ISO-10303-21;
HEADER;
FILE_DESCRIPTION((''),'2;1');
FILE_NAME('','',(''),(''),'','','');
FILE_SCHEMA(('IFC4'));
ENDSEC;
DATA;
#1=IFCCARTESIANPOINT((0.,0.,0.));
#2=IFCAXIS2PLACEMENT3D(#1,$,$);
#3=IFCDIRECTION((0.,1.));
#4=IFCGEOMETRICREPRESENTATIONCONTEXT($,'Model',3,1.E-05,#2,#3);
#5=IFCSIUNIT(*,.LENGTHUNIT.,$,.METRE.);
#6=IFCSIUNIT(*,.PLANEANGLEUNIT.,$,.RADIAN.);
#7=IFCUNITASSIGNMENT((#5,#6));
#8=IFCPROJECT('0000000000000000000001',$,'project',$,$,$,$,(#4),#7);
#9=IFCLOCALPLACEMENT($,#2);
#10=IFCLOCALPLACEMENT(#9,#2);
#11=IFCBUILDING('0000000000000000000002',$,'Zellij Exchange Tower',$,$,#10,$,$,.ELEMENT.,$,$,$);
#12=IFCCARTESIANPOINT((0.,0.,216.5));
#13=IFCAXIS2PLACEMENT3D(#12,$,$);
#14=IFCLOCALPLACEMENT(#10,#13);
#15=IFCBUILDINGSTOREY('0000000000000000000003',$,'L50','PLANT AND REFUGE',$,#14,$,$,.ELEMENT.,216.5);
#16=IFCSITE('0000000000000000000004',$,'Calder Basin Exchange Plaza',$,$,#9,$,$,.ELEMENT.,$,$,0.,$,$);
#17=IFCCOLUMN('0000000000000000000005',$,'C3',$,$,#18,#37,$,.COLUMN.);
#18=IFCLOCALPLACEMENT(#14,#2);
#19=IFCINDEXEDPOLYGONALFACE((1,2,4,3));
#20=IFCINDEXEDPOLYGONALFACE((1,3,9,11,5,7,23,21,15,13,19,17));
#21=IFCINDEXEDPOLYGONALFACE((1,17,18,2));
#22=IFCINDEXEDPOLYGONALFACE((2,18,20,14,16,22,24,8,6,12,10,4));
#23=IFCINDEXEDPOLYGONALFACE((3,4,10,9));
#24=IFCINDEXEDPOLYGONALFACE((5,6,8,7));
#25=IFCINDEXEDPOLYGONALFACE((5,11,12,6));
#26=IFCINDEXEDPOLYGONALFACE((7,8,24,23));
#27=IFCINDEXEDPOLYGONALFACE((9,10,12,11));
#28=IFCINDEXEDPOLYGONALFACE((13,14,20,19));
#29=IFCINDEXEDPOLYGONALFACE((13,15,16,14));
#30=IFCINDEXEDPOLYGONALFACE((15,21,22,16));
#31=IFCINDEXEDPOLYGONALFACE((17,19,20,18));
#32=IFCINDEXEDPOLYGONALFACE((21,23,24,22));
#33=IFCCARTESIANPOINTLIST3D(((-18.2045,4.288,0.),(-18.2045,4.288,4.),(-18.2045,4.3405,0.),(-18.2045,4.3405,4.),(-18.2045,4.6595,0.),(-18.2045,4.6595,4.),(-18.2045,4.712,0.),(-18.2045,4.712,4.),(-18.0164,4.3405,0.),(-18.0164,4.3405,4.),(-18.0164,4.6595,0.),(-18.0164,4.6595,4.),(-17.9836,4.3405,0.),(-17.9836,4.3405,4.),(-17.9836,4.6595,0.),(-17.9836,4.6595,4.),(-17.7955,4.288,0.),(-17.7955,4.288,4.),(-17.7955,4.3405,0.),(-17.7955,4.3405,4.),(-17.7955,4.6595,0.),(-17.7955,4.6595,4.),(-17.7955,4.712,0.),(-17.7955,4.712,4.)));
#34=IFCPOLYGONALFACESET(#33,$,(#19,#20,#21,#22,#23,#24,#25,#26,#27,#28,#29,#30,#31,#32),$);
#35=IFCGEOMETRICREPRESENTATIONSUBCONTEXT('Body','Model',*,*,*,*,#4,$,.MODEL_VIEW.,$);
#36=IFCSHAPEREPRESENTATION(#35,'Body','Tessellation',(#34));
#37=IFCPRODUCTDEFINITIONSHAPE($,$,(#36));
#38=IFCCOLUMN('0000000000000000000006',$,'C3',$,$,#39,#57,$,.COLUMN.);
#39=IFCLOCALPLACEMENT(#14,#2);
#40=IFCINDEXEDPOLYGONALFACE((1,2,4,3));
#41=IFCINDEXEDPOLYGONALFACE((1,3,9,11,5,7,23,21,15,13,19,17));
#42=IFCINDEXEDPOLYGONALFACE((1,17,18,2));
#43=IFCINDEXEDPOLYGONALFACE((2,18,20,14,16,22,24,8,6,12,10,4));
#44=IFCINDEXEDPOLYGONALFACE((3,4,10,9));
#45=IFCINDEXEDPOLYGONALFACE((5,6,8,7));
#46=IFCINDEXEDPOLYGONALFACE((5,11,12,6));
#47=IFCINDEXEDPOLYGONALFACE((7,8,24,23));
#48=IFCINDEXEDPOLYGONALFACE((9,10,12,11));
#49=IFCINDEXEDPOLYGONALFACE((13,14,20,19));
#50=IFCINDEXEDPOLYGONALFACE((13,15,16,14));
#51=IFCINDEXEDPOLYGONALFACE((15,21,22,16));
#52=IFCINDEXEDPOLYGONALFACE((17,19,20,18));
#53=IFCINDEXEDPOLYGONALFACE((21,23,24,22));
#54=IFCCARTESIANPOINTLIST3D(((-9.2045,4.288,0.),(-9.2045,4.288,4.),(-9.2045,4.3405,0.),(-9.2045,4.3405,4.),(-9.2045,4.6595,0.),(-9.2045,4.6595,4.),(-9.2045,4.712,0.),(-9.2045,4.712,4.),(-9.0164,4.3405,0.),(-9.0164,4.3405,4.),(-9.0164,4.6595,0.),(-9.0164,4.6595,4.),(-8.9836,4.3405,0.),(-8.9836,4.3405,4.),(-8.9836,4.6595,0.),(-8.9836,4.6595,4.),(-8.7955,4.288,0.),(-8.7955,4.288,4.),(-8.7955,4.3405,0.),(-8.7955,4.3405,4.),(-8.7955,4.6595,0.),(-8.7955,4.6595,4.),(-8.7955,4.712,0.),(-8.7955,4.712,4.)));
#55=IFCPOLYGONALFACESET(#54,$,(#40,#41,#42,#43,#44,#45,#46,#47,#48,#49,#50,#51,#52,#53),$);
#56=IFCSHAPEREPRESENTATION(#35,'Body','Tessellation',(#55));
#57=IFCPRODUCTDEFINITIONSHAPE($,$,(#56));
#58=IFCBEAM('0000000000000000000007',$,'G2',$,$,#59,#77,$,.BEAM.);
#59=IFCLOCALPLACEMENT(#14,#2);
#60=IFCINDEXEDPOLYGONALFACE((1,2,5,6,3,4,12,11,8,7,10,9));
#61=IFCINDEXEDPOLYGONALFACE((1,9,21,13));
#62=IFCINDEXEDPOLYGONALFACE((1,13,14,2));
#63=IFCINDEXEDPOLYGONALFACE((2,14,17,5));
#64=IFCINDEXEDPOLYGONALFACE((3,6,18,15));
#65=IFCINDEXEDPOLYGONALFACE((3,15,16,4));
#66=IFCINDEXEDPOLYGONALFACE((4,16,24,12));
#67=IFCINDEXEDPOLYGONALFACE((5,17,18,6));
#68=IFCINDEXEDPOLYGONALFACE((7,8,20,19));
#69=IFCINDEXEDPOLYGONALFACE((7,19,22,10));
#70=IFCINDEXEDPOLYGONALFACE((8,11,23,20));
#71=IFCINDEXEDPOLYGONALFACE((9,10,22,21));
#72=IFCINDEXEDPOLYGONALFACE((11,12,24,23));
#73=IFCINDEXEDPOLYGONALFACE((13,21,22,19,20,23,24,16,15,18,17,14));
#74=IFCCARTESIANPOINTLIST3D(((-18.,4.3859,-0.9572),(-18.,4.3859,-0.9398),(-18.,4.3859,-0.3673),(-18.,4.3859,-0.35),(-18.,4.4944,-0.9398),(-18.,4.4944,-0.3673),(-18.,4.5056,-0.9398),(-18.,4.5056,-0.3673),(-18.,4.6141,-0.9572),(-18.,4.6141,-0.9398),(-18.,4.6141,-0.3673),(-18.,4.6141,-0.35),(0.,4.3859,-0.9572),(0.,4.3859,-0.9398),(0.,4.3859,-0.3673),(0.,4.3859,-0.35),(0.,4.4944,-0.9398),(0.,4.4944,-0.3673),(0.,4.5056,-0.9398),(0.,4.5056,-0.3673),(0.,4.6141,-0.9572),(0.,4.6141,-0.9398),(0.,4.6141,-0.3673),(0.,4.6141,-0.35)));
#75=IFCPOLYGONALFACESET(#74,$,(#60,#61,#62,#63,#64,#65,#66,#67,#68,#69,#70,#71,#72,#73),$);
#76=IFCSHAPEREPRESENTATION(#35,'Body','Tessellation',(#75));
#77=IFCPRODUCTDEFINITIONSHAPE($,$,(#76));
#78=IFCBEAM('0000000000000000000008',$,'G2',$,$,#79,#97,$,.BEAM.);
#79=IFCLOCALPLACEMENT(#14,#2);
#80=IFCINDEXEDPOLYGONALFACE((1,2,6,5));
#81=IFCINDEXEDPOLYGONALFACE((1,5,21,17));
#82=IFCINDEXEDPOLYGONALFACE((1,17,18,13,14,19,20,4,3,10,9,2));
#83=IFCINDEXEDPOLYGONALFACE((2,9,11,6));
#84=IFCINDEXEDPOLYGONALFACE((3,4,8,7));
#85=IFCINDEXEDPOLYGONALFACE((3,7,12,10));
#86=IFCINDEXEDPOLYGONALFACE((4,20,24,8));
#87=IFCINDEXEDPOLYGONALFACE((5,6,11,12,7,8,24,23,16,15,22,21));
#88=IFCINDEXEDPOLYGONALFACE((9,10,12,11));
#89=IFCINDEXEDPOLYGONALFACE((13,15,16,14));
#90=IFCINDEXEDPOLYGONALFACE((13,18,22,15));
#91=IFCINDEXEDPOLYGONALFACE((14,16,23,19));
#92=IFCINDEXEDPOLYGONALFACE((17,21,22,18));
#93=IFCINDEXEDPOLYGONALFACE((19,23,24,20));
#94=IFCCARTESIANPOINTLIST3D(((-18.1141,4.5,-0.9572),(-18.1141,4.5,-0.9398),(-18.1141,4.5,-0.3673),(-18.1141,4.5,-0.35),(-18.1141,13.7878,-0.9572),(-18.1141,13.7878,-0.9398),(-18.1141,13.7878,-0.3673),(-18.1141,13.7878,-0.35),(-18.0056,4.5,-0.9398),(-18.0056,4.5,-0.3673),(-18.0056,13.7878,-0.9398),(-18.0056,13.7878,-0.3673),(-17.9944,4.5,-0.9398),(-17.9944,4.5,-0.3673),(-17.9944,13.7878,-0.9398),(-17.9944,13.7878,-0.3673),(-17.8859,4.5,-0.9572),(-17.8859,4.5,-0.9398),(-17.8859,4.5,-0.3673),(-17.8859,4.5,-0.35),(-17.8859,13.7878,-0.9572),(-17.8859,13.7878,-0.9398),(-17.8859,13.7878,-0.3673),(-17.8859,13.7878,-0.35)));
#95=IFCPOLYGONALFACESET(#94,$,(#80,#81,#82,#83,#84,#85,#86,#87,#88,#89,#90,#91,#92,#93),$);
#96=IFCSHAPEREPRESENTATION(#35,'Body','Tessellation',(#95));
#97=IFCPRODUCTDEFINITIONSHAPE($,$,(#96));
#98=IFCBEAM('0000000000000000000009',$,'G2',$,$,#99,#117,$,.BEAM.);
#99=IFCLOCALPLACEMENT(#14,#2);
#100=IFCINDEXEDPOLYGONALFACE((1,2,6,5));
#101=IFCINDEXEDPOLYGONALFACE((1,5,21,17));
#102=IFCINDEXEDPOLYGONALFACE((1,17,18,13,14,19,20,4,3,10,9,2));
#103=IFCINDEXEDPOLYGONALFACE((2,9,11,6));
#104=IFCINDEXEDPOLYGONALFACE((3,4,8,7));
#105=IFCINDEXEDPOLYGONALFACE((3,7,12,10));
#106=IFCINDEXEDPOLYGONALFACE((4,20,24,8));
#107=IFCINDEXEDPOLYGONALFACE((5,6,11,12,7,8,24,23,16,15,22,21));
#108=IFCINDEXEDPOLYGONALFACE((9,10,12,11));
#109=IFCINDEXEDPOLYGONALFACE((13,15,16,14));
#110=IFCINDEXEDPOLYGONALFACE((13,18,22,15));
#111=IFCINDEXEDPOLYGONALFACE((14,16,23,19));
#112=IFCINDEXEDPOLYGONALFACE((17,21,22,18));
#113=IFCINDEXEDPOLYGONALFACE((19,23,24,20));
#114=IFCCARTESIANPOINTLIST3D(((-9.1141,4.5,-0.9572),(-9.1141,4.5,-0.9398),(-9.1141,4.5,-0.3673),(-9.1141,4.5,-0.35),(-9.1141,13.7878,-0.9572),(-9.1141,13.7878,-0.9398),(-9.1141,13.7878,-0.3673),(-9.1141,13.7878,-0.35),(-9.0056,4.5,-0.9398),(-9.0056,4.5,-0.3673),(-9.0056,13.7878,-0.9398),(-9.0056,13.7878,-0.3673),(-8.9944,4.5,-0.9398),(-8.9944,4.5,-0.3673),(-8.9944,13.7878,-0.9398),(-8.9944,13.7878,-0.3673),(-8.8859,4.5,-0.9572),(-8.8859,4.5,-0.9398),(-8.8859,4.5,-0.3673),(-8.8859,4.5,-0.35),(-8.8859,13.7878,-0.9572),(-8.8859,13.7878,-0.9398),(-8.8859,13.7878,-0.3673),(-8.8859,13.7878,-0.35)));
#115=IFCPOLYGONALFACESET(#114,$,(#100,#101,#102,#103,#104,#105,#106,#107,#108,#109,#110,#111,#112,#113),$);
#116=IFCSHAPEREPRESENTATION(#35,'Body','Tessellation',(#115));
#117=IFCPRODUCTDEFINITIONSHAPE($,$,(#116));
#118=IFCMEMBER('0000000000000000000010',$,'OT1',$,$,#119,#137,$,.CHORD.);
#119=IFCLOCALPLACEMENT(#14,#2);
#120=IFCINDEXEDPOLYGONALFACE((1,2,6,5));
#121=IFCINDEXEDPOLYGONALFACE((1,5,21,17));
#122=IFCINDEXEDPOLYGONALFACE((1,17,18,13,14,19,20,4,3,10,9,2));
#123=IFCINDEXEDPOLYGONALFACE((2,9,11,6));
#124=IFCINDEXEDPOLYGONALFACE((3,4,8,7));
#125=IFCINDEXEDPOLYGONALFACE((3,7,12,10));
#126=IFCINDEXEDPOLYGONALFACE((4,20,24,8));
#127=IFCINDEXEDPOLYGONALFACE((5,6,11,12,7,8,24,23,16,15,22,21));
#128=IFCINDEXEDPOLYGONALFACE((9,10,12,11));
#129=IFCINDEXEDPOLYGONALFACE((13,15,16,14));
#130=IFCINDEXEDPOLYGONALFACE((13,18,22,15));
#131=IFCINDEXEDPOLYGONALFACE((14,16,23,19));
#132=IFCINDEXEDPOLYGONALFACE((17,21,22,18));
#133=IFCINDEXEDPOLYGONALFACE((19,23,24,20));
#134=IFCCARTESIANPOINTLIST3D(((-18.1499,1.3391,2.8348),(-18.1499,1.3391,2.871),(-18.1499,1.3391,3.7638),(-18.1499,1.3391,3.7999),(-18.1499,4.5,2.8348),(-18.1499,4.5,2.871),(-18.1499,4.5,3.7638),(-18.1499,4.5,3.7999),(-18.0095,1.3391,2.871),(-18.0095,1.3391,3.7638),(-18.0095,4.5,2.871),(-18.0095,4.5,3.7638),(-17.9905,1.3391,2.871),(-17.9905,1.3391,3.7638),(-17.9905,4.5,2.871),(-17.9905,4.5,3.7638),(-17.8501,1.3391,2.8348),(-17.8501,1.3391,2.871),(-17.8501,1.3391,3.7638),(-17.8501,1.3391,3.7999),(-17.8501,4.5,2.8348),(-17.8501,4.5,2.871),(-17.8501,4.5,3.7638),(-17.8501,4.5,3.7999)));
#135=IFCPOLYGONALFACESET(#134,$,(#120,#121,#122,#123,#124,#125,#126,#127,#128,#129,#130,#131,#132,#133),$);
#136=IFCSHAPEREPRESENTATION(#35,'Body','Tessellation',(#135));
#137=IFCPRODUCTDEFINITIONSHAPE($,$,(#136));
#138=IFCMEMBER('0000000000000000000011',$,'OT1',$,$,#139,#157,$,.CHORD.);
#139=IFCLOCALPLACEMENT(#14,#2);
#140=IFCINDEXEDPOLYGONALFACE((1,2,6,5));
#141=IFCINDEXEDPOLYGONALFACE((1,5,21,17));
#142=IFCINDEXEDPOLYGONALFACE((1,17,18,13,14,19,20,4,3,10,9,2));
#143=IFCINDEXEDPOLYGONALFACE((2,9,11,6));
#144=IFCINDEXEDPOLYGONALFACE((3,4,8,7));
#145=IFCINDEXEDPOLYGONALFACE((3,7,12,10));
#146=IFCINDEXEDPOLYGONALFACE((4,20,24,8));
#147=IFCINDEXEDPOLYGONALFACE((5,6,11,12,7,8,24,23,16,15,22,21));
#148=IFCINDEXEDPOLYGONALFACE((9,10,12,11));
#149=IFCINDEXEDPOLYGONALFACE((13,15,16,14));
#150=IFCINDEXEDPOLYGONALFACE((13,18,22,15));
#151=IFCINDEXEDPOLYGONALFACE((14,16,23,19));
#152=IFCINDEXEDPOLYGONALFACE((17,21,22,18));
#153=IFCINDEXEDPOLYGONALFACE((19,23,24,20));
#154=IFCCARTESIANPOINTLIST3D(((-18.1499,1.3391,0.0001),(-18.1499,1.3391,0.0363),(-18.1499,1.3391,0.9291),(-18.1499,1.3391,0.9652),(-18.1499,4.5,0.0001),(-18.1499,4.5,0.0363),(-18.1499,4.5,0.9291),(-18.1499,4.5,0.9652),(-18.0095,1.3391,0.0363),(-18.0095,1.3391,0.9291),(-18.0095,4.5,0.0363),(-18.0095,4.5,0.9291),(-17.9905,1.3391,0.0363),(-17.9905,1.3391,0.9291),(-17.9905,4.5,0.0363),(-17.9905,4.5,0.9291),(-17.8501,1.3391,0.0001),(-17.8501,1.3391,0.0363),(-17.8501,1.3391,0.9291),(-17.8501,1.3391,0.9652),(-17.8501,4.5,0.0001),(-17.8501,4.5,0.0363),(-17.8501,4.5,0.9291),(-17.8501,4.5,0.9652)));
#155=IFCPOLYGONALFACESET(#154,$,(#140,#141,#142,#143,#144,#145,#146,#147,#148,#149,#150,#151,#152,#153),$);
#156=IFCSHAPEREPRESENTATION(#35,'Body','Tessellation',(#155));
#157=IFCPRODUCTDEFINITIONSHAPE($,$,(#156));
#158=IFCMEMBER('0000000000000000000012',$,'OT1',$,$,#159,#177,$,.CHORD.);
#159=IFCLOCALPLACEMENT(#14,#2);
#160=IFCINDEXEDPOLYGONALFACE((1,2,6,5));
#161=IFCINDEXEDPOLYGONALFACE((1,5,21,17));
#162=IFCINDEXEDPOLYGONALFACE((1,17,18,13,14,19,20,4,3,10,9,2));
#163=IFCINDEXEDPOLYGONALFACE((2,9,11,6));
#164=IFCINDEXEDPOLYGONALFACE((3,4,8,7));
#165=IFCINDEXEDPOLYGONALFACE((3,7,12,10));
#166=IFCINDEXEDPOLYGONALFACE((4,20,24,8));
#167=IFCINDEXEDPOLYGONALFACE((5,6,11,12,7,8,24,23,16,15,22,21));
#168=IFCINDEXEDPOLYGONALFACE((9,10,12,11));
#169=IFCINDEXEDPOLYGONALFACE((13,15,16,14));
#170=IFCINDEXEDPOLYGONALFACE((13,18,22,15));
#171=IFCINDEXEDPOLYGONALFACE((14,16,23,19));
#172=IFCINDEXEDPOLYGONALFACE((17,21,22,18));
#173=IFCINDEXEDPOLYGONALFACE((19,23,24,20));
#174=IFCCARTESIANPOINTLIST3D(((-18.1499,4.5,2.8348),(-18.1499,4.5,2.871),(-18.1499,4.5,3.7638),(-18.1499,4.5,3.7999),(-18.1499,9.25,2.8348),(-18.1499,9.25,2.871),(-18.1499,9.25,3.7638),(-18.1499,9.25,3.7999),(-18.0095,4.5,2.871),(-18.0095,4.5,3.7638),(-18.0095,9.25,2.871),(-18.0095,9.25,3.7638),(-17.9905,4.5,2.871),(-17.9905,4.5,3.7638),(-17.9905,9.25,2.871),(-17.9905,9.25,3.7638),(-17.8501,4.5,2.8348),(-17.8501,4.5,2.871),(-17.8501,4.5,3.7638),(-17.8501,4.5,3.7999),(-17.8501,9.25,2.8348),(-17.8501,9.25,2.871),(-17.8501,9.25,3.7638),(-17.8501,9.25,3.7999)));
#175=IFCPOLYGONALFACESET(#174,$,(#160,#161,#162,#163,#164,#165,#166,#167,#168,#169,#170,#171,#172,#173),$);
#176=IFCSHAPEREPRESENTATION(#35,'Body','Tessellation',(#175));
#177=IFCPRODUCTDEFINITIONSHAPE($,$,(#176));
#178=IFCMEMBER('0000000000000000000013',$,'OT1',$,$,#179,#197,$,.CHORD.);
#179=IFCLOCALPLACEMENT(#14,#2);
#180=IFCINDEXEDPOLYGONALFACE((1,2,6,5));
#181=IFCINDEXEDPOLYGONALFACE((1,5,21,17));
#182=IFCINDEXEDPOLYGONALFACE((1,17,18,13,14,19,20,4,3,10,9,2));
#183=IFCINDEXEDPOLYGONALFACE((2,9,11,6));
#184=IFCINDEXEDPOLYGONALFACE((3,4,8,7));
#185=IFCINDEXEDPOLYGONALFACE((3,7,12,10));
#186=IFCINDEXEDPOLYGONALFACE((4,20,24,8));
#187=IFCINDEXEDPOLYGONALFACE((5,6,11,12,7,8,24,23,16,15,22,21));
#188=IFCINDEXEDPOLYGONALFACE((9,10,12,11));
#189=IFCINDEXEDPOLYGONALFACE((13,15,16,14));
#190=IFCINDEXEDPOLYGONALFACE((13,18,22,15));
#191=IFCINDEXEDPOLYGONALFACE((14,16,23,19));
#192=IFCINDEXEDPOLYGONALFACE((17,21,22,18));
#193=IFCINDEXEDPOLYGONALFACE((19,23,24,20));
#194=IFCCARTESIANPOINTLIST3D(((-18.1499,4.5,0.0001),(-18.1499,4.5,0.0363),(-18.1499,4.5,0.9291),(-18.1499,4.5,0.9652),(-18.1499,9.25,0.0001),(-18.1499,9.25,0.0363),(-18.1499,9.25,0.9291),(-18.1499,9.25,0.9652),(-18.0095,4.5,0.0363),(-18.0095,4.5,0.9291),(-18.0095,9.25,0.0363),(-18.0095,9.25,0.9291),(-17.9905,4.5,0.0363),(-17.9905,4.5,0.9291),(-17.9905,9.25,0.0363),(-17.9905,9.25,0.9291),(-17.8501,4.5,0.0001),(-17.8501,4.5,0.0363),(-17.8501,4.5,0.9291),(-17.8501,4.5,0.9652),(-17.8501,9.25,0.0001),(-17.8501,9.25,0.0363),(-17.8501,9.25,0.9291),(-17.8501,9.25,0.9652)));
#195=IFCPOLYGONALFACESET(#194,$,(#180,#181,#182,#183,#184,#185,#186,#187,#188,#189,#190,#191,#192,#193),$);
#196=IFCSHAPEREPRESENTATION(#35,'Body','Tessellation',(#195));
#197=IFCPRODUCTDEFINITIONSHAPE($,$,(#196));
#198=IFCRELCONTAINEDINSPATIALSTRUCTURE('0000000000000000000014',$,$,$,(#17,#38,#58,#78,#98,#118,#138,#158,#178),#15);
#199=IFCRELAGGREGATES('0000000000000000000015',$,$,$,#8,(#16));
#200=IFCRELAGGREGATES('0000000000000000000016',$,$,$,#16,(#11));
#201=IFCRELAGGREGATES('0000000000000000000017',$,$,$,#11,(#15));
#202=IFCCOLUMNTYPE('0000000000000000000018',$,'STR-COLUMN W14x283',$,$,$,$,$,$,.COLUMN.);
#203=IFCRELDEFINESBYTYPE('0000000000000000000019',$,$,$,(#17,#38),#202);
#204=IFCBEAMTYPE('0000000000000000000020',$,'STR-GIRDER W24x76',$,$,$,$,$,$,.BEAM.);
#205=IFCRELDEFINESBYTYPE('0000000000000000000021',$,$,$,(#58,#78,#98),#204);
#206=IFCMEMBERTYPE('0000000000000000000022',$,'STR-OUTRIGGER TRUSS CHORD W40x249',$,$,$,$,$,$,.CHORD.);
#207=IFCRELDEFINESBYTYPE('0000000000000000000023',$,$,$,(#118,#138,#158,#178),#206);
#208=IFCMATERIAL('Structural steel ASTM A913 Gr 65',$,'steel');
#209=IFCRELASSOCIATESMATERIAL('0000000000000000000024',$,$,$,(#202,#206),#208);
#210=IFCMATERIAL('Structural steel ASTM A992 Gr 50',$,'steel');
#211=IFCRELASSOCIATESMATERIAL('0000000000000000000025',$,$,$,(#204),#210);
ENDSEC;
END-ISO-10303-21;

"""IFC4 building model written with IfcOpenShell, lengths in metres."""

from ifc_helpers import new_model, si_unit, direction, frame, origin, origin_2d, place, context, subcontext, project, spatial, i_section, extrude, material, material_profile, profile_set, type_object, element, save


model = new_model("IFC4")

# Units and contexts
model_context = context("Model", 3, precision=1e-05, world=origin(), true_north=direction((0.0, 1.0)))
body_context = subcontext(model_context, "Body", "Model", "MODEL_VIEW")
ifc_project = project(units=[si_unit("LENGTHUNIT", "METRE"), si_unit("PLANEANGLEUNIT", "RADIAN")], contexts=[model_context])

# Site, building, storey
site_placement = place(None, origin())
site = spatial("IfcSite", under=ifc_project, at=site_placement, Name="Calder Basin Exchange Plaza", CompositionType="ELEMENT", RefElevation=0.0)
building_placement = place(site_placement, origin())
building = spatial("IfcBuilding", under=site, at=building_placement, Name="Zellij Exchange Tower", CompositionType="ELEMENT")
storey_placement = place(building_placement, frame((0.0, 0.0, 216.5)))
storey = spatial("IfcBuildingStorey", under=building, at=storey_placement, Name="L50", Description="PLANT AND REFUGE", CompositionType="ELEMENT", Elevation=216.5)

# Columns
ifc_material_1 = material(Name="Structural steel ASTM A913 Gr 65", Category="steel")
ifc_material_profile_1 = material_profile(ifc_material_1, i_section(OverallWidth=0.4089, OverallDepth=0.4241, WebThickness=0.0327, FlangeThickness=0.0525, at=origin_2d()), Name="W14x283")
ifc_profile_set_1 = profile_set([ifc_material_profile_1], Name="Structural steel ASTM A913 Gr 65")
column_type = type_object("IfcColumnType", Name="STR-COLUMN W14x283", PredefinedType="COLUMN", material=ifc_profile_set_1)
for number, where, z_axis, x_axis, name in (
    (1, (-18.0, 4.5, 0.0), (0.0, 0.0, 1.0), (1.0, 0.0, 0.0), "C3"),
    (2, (-9.0, 4.5, 0.0), (0.0, 0.0, 1.0), (1.0, 0.0, 0.0), "C3"),
):
    element("IfcColumn", number, at=place(storey_placement, frame(where, z_axis=z_axis, x_axis=x_axis)), inside=storey, type_object=column_type, Name=name, PredefinedType="COLUMN", context=body_context, shape_type="SweptSolid", body=[
        extrude(i_section(OverallWidth=0.4089, OverallDepth=0.4241, WebThickness=0.0327, FlangeThickness=0.0525, at=origin_2d()), origin(), (0.0, 0.0, 1.0), 4.0),
    ])

# Beams
ifc_material_2 = material(Name="Structural steel ASTM A992 Gr 50", Category="steel")
ifc_material_profile_2 = material_profile(ifc_material_2, i_section(OverallWidth=0.2283, OverallDepth=0.6072, WebThickness=0.0112, FlangeThickness=0.0173, at=origin_2d()), Name="W24x76")
ifc_profile_set_2 = profile_set([ifc_material_profile_2], Name="Structural steel ASTM A992 Gr 50")
beam_type = type_object("IfcBeamType", Name="STR-GIRDER W24x76", PredefinedType="BEAM", material=ifc_profile_set_2)
beam_placement = place(storey_placement, frame((-18.0, 4.5, -0.6536), z_axis=(1.0, 0.0, 0.0), x_axis=(0.0, 1.0, 0.0)))
element("IfcBeam", 3, at=beam_placement, inside=storey, type_object=beam_type, Name="G2", PredefinedType="BEAM", context=body_context, shape_type="SweptSolid", body=[
    extrude(i_section(OverallWidth=0.2283, OverallDepth=0.6072, WebThickness=0.0112, FlangeThickness=0.0173, at=origin_2d()), origin(), (0.0, 0.0, 1.0), 18.0),
])
for number, where, z_axis, x_axis, name in (
    (4, (-18.0, 4.5, -0.6536), (0.0, 1.0, 0.0), (-1.0, 0.0, 0.0), "G2"),
    (5, (-9.0, 4.5, -0.6536), (0.0, 1.0, 0.0), (-1.0, 0.0, 0.0), "G2"),
):
    element("IfcBeam", number, at=place(storey_placement, frame(where, z_axis=z_axis, x_axis=x_axis)), inside=storey, type_object=beam_type, Name=name, PredefinedType="BEAM", context=body_context, shape_type="SweptSolid", body=[
        extrude(i_section(OverallWidth=0.2283, OverallDepth=0.6072, WebThickness=0.0112, FlangeThickness=0.0173, at=origin_2d()), origin(), (0.0, 0.0, 1.0), 9.2878),
    ])

# Members
ifc_material_profile_3 = material_profile(ifc_material_1, i_section(OverallWidth=0.2998, OverallDepth=0.9651, WebThickness=0.019, FlangeThickness=0.0361, at=origin_2d()), Name="W40x249")
ifc_profile_set_3 = profile_set([ifc_material_profile_3], Name="Structural steel ASTM A913 Gr 65")
member_type_1 = type_object("IfcMemberType", Name="STR-OUTRIGGER TRUSS CHORD W40x249", PredefinedType="CHORD", material=ifc_profile_set_3)
for number, where, z_axis, x_axis, name in (
    (6, (-18.0, 1.3391, 3.3174), (0.0, 1.0, 0.0), (-1.0, 0.0, 0.0), "OT1"),
    (7, (-18.0, 1.3391, 0.4827), (0.0, 1.0, 0.0), (-1.0, 0.0, 0.0), "OT1"),
):
    element("IfcMember", number, at=place(storey_placement, frame(where, z_axis=z_axis, x_axis=x_axis)), inside=storey, type_object=member_type_1, Name=name, PredefinedType="CHORD", context=body_context, shape_type="SweptSolid", body=[
        extrude(i_section(OverallWidth=0.2998, OverallDepth=0.9651, WebThickness=0.019, FlangeThickness=0.0361, at=origin_2d()), origin(), (0.0, 0.0, 1.0), 3.1609),
    ])
for number, where, z_axis, x_axis, name in (
    (8, (-18.0, 4.5, 3.3174), (0.0, 1.0, 0.0), (-1.0, 0.0, 0.0), "OT1"),
    (9, (-18.0, 4.5, 0.4827), (0.0, 1.0, 0.0), (-1.0, 0.0, 0.0), "OT1"),
):
    element("IfcMember", number, at=place(storey_placement, frame(where, z_axis=z_axis, x_axis=x_axis)), inside=storey, type_object=member_type_1, Name=name, PredefinedType="CHORD", context=body_context, shape_type="SweptSolid", body=[
        extrude(i_section(OverallWidth=0.2998, OverallDepth=0.9651, WebThickness=0.019, FlangeThickness=0.0361, at=origin_2d()), origin(), (0.0, 0.0, 1.0), 4.75),
    ])

save(model, "model.ifc")
